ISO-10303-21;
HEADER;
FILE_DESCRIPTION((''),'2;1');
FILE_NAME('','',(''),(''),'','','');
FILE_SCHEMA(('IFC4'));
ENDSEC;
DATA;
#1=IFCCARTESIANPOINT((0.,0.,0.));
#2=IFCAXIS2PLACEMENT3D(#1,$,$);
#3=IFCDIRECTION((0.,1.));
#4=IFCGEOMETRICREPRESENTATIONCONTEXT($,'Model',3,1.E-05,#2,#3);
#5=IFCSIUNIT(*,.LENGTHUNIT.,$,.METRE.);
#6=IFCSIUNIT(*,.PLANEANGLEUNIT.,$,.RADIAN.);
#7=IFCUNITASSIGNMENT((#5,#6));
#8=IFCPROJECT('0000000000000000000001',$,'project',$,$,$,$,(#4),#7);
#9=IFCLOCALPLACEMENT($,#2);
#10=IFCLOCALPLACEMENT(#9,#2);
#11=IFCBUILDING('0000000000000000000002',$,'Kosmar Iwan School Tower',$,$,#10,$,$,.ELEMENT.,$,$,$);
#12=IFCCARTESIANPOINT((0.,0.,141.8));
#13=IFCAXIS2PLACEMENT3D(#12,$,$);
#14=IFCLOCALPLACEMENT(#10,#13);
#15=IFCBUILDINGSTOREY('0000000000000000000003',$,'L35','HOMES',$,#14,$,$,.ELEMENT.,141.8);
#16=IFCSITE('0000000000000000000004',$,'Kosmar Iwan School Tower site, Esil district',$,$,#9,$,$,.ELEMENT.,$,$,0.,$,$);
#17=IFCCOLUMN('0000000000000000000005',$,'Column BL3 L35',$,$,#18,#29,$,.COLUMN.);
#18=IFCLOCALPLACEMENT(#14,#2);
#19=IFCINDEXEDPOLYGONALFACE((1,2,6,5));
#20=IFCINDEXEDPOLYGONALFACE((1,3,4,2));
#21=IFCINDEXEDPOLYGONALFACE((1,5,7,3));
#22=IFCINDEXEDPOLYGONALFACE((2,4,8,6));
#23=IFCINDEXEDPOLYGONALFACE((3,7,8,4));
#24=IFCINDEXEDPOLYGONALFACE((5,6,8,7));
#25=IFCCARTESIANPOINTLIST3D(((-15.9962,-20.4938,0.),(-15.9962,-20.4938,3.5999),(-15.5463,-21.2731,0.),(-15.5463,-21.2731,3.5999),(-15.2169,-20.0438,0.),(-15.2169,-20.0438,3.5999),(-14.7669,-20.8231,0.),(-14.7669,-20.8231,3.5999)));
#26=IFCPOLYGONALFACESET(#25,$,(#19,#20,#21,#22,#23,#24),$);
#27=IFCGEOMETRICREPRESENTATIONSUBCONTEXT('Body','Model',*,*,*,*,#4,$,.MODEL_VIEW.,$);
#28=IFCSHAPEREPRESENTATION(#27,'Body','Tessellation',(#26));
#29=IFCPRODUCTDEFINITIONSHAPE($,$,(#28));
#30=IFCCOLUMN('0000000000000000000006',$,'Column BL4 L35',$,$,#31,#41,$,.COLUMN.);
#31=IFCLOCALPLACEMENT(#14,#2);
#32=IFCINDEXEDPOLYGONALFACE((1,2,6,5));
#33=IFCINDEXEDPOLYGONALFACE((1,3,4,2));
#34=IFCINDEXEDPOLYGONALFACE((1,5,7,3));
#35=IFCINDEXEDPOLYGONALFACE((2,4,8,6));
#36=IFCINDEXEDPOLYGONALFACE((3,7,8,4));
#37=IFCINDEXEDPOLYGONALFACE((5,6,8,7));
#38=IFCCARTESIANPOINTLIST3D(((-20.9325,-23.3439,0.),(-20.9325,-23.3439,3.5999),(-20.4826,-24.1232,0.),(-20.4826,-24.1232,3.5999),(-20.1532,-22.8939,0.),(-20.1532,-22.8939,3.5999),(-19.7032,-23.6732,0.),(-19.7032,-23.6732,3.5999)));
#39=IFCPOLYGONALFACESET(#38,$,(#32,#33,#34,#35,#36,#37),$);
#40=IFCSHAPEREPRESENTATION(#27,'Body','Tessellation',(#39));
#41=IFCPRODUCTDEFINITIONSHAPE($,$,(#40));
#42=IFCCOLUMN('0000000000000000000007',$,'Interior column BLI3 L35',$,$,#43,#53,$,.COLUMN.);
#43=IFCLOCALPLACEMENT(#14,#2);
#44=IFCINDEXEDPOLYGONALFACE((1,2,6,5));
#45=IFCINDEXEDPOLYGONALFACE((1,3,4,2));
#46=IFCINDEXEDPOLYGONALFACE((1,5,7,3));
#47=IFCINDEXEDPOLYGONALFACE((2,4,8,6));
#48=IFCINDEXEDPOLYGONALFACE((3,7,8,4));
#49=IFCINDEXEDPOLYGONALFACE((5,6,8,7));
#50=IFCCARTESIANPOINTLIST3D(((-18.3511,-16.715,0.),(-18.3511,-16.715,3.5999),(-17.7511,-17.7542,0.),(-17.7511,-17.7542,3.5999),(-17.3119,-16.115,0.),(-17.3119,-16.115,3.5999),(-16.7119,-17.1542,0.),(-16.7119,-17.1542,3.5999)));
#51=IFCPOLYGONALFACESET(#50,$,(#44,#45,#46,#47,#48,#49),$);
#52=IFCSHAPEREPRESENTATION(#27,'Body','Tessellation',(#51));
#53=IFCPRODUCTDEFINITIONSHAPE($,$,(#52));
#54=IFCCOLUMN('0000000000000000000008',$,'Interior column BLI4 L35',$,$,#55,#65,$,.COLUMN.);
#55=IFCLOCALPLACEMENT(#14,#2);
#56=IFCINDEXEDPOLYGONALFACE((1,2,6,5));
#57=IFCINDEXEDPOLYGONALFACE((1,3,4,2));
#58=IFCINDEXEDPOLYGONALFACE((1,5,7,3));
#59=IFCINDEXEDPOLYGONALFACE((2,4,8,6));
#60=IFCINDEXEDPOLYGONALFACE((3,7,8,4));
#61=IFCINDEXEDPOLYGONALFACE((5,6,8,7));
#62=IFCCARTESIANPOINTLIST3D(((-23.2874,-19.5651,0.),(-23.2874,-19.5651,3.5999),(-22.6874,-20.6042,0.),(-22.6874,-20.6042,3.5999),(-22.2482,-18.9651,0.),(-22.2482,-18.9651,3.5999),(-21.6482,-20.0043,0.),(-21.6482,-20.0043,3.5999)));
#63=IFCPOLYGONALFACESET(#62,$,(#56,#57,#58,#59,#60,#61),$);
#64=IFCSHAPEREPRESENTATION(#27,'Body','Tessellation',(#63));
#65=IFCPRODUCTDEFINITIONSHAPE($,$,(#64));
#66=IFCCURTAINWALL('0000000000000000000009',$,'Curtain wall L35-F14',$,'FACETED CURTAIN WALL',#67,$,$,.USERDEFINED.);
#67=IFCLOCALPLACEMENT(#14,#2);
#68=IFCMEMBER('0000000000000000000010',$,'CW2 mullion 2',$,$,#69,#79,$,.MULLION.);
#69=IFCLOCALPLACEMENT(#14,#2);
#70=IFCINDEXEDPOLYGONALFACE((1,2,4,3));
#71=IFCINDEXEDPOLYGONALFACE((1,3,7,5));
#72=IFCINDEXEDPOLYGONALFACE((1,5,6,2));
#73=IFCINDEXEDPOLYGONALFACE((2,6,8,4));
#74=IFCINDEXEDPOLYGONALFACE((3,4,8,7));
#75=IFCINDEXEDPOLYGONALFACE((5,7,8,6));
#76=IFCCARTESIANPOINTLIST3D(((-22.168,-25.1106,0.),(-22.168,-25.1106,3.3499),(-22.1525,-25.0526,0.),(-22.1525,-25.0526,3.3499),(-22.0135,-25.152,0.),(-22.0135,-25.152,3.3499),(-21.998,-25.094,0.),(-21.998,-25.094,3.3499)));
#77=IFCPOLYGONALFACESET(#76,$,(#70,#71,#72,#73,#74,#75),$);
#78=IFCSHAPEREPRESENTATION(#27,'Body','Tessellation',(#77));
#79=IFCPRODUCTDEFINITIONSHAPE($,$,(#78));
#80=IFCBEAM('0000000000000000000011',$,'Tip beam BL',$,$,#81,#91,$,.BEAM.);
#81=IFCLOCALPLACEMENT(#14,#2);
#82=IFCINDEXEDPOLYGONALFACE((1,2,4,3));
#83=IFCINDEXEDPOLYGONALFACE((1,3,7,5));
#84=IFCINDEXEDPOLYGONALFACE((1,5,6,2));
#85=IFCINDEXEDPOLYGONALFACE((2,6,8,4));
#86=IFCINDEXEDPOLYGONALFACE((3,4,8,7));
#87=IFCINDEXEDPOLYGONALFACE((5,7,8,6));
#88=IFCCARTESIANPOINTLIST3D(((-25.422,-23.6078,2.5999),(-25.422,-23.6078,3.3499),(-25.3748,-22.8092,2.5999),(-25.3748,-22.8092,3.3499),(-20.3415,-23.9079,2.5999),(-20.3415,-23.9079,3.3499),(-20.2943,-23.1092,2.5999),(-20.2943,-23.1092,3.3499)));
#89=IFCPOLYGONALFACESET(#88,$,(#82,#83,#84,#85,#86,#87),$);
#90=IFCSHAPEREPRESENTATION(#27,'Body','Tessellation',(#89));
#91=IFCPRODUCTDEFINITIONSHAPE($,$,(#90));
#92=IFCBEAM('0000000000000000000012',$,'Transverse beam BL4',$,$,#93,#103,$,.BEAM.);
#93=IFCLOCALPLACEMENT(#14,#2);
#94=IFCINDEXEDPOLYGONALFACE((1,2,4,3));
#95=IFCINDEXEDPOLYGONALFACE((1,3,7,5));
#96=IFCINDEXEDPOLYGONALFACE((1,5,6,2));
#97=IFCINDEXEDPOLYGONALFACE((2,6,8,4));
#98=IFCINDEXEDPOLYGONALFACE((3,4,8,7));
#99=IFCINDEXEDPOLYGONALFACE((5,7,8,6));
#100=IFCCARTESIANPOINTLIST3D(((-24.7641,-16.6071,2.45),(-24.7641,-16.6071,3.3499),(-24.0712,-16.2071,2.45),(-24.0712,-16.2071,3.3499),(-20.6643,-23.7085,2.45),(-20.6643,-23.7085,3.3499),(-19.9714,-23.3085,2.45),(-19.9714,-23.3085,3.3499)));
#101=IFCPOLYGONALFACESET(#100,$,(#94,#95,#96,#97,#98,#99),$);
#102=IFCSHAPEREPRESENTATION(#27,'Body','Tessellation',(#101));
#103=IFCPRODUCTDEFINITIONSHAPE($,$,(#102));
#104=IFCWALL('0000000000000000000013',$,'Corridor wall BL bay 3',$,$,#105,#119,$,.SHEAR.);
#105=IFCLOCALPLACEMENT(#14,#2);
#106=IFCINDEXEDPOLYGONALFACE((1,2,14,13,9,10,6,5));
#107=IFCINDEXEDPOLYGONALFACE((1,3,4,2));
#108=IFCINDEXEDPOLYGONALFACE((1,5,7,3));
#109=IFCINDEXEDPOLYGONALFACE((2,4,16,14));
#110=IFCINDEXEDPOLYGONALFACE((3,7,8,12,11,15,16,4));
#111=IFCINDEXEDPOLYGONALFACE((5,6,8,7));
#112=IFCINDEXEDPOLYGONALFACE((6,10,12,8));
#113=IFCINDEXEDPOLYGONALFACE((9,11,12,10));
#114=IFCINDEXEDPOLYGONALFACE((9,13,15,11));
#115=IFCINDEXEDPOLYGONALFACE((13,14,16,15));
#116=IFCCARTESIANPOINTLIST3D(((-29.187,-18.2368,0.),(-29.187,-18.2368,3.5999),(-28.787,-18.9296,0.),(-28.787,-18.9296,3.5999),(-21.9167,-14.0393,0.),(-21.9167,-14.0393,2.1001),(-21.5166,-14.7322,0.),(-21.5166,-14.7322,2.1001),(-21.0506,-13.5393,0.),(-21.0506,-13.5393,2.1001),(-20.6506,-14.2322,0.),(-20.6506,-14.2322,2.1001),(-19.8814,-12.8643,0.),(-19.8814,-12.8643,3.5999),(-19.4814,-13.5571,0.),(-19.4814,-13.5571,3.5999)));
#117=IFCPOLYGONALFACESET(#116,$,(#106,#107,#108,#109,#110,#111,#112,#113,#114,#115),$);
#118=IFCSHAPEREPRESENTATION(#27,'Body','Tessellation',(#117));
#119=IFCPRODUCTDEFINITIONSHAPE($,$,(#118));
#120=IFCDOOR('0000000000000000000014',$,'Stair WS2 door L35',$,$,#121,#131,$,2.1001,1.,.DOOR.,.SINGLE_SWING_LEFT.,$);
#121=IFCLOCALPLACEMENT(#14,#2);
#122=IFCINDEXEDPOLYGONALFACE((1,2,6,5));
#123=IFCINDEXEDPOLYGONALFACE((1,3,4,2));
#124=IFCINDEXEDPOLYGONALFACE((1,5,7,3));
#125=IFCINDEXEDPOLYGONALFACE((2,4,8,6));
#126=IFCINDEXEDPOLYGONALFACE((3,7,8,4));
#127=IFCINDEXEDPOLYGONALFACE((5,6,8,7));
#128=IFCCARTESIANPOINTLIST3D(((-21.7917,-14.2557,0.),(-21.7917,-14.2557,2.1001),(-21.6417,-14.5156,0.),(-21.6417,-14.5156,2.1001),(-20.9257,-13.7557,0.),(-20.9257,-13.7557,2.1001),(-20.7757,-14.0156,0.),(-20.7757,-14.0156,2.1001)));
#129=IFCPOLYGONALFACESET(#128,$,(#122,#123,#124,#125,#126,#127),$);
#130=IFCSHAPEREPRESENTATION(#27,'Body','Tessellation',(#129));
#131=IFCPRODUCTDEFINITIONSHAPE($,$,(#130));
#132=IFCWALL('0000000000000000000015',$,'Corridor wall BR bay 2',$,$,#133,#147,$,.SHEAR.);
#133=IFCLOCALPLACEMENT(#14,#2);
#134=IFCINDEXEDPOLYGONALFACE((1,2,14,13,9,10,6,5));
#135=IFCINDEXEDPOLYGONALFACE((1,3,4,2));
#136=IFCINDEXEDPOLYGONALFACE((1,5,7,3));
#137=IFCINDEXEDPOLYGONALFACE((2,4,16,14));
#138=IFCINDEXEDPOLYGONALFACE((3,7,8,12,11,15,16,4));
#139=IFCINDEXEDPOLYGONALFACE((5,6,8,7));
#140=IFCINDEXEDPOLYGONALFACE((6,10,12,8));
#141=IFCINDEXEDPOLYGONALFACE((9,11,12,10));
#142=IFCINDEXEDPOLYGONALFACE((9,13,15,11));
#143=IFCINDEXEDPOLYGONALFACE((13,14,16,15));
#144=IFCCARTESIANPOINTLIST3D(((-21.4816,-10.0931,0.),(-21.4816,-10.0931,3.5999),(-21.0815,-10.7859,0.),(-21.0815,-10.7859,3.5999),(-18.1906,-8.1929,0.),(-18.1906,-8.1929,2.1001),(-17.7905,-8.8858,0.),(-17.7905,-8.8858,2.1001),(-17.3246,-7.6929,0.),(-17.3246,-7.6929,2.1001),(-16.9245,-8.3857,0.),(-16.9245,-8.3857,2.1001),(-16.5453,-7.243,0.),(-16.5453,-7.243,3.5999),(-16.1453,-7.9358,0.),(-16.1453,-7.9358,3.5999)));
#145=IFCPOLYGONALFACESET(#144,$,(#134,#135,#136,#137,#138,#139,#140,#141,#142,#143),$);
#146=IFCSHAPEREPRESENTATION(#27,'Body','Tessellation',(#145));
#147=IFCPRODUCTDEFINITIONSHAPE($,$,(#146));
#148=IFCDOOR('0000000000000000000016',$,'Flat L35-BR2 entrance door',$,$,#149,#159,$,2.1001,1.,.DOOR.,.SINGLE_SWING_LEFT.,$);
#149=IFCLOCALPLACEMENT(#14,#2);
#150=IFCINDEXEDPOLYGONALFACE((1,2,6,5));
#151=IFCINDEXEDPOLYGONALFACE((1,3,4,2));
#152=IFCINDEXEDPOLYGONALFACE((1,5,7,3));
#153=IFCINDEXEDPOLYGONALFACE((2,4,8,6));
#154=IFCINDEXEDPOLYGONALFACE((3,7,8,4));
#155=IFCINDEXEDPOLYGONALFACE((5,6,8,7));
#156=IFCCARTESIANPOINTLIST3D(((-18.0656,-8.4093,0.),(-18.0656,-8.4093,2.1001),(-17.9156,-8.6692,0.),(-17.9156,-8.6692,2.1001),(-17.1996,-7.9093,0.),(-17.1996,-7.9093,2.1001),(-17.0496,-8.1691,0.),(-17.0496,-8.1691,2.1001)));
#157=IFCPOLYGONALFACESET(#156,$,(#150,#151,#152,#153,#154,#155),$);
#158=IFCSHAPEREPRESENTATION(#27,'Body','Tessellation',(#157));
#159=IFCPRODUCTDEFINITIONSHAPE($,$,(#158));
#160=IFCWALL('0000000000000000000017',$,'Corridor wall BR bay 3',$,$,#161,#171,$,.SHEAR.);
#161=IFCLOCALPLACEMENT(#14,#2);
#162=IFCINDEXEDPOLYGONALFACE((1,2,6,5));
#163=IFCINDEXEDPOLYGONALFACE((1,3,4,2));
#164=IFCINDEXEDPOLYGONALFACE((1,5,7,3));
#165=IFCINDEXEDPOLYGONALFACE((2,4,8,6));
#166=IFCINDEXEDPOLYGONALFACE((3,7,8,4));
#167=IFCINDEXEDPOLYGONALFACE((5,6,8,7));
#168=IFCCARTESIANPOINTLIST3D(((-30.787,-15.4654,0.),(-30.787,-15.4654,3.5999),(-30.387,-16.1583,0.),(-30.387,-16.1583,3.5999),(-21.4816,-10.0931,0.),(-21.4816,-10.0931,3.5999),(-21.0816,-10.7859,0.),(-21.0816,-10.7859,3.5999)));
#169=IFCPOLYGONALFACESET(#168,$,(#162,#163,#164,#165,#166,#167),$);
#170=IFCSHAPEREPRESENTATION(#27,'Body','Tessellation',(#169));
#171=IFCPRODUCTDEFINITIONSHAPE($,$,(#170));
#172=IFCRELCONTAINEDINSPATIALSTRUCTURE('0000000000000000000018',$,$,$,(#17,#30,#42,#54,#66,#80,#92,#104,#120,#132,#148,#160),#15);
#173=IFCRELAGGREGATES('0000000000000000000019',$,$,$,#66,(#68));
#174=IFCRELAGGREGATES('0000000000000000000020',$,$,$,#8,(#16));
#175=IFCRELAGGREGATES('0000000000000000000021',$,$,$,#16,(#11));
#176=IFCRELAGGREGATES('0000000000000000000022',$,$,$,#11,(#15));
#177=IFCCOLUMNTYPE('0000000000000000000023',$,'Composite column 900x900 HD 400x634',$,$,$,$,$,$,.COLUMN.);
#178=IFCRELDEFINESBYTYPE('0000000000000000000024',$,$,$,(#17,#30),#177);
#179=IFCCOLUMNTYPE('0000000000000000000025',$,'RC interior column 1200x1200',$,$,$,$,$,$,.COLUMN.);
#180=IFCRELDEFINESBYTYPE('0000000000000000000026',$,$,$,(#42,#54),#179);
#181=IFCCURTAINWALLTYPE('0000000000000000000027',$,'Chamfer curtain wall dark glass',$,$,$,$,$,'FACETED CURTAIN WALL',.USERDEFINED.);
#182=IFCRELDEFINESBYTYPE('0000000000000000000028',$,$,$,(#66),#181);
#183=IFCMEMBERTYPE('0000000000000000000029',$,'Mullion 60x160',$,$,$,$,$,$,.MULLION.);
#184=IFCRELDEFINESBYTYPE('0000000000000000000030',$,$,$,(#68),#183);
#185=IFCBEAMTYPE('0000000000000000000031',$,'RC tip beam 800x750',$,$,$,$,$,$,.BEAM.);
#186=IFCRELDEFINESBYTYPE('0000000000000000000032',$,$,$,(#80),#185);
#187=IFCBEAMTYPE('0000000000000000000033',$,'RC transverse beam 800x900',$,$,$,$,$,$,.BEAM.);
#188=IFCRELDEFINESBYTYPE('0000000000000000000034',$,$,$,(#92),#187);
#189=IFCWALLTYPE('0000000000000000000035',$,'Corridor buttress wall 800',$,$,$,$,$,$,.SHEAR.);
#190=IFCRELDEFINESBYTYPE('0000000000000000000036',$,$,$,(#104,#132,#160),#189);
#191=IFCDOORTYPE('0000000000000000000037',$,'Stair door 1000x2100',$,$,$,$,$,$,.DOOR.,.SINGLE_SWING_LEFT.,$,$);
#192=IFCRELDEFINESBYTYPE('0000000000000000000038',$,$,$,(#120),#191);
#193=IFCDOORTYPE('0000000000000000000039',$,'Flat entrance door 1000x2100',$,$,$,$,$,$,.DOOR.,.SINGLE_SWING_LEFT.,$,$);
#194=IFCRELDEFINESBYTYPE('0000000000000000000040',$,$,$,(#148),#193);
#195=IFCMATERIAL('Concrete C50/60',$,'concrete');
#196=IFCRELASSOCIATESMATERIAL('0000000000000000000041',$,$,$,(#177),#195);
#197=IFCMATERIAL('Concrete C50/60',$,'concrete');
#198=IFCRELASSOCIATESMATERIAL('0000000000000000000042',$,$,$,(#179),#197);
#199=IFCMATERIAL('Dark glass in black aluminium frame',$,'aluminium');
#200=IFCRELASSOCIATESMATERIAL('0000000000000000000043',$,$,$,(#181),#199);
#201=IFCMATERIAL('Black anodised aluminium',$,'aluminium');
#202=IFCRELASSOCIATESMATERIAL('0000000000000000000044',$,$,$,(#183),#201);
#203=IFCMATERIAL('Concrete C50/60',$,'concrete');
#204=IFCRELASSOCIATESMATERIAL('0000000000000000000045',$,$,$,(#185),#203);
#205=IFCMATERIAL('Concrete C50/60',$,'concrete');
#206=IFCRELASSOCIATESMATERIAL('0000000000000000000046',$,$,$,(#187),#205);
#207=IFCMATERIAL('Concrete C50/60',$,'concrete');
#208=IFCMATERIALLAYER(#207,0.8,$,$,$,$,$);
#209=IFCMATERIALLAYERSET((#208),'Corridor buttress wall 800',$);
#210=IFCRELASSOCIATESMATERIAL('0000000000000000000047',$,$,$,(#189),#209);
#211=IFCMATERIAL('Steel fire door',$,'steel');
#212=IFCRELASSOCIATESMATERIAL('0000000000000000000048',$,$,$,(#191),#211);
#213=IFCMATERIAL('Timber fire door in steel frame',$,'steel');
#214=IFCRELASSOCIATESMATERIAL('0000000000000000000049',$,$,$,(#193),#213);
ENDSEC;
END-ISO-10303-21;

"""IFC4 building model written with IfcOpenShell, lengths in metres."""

from ifc_helpers import new_model, si_unit, direction, frame, frame_2d, origin, origin_2d, place, context, subcontext, project, spatial, rectangle, extrude, material, layer, layer_set, material_profile, profile_set, type_object, element, fill, aggregate, save


model = new_model("IFC4")

# Units and contexts
model_context = context("Model", 3, precision=1e-05, world=origin(), true_north=direction((0.0, 1.0)))
body_context = subcontext(model_context, "Body", "Model", "MODEL_VIEW")
ifc_project = project(units=[si_unit("LENGTHUNIT", "METRE"), si_unit("PLANEANGLEUNIT", "RADIAN")], contexts=[model_context])

# Site, building, storey
site_placement = place(None, origin())
site = spatial("IfcSite", under=ifc_project, at=site_placement, Name="Kosmar Iwan School Tower site, Esil district", CompositionType="ELEMENT", RefElevation=0.0)
building_placement = place(site_placement, origin())
building = spatial("IfcBuilding", under=site, at=building_placement, Name="Kosmar Iwan School Tower", CompositionType="ELEMENT")
storey_placement = place(building_placement, frame((0.0, 0.0, 141.8)))
storey = spatial("IfcBuildingStorey", under=building, at=storey_placement, Name="L35", Description="HOMES", CompositionType="ELEMENT", Elevation=141.8)

# Columns
ifc_material_1 = material(Name="Concrete C50/60", Category="concrete")
ifc_material_profile_1 = material_profile(ifc_material_1, rectangle(XDim=0.8999, YDim=0.8999, at=origin_2d()), Name="RC 900x900 + HD 400x634")
ifc_profile_set_1 = profile_set([ifc_material_profile_1], Name="Concrete C50/60")
column_type_1 = type_object("IfcColumnType", Name="Composite column 900x900 HD 400x634", PredefinedType="COLUMN", material=ifc_profile_set_1)
for number, where, z_axis, x_axis, name in (
    (1, (-15.3816, -20.6584, 0.0), (0.0, 0.0, 1.0), (-0.866025, -0.5, 0.0), "Column BL3 L35"),
    (2, (-20.3179, -23.5085, 0.0), (0.0, 0.0, 1.0), (-0.866025, -0.5, 0.0), "Column BL4 L35"),
):
    element("IfcColumn", number, at=place(storey_placement, frame(where, z_axis=z_axis, x_axis=x_axis)), inside=storey, type_object=column_type_1, Name=name, PredefinedType="COLUMN", context=body_context, shape_type="SweptSolid", body=[
        extrude(rectangle(XDim=0.8999, YDim=0.8999, at=origin_2d()), origin(), (0.0, 0.0, 1.0), 3.5999),
    ])
ifc_material_2 = material(Name="Concrete C50/60", Category="concrete")
ifc_material_profile_2 = material_profile(ifc_material_2, rectangle(XDim=1.2, YDim=1.2, at=origin_2d()), Name="RC 1200x1200")
ifc_profile_set_2 = profile_set([ifc_material_profile_2], Name="Concrete C50/60")
column_type_2 = type_object("IfcColumnType", Name="RC interior column 1200x1200", PredefinedType="COLUMN", material=ifc_profile_set_2)
for number, where, z_axis, x_axis, name in (
    (3, (-17.5315, -16.9346, 0.0), (0.0, 0.0, 1.0), (-0.866025, -0.5, 0.0), "Interior column BLI3 L35"),
    (4, (-22.4678, -19.7847, 0.0), (0.0, 0.0, 1.0), (-0.866025, -0.5, 0.0), "Interior column BLI4 L35"),
):
    element("IfcColumn", number, at=place(storey_placement, frame(where, z_axis=z_axis, x_axis=x_axis)), inside=storey, type_object=column_type_2, Name=name, PredefinedType="COLUMN", context=body_context, shape_type="SweptSolid", body=[
        extrude(rectangle(XDim=1.2, YDim=1.2, at=origin_2d()), origin(), (0.0, 0.0, 1.0), 3.5999),
    ])

# Curtain wall, member
ifc_material_3 = material(Name="Dark glass in black aluminium frame", Category="aluminium")
curtain_wall_type = type_object("IfcCurtainWallType", Name="Chamfer curtain wall dark glass", ElementType="FACETED CURTAIN WALL", PredefinedType="USERDEFINED", material=ifc_material_3)
curtain_wall_placement = place(storey_placement, origin())
curtain_wall = element("IfcCurtainWall", 5, at=curtain_wall_placement, inside=storey, type_object=curtain_wall_type, Name="Curtain wall L35-F14", ObjectType="FACETED CURTAIN WALL", PredefinedType="USERDEFINED")
ifc_material_4 = material(Name="Black anodised aluminium", Category="aluminium")
ifc_material_profile_3 = material_profile(ifc_material_4, rectangle(XDim=0.0601, YDim=0.1599, at=origin_2d()), Name="MULLION 60x160")
ifc_profile_set_3 = profile_set([ifc_material_profile_3], Name="Black anodised aluminium")
member_type = type_object("IfcMemberType", Name="Mullion 60x160", PredefinedType="MULLION", material=ifc_profile_set_3)
member_placement = place(storey_placement, frame((-22.083, -25.1023, 0.0), z_axis=(0.0, 0.0, 1.0), x_axis=(0.258819, 0.965926, 0.0)))
member = element("IfcMember", 6, at=member_placement, type_object=member_type, Name="CW2 mullion 2", PredefinedType="MULLION", context=body_context, shape_type="SweptSolid", body=[
    extrude(rectangle(XDim=0.0601, YDim=0.1599, at=origin_2d()), origin(), (0.0, 0.0, 1.0), 3.3499),
])
aggregate(curtain_wall, [member])

# Beams
ifc_material_5 = material(Name="Concrete C50/60", Category="concrete")
ifc_material_profile_4 = material_profile(ifc_material_5, rectangle(XDim=0.8, YDim=0.75, at=origin_2d()), Name="RC 800x750")
ifc_profile_set_4 = profile_set([ifc_material_profile_4], Name="Concrete C50/60")
beam_type_1 = type_object("IfcBeamType", Name="RC tip beam 800x750", PredefinedType="BEAM", material=ifc_profile_set_4)
beam_1_placement = place(storey_placement, frame((-20.3179, -23.5085, 2.9749), z_axis=(-0.998261, 0.058955, 0.0), x_axis=(-0.058955, -0.998261, 0.0)))
element("IfcBeam", 7, at=beam_1_placement, inside=storey, type_object=beam_type_1, Name="Tip beam BL", PredefinedType="BEAM", context=body_context, shape_type="SweptSolid", body=[
    extrude(rectangle(XDim=0.8, YDim=0.75, at=origin_2d()), origin(), (0.0, 0.0, 1.0), 5.0894),
])
ifc_material_6 = material(Name="Concrete C50/60", Category="concrete")
ifc_material_profile_5 = material_profile(ifc_material_6, rectangle(XDim=0.8, YDim=0.8999, at=origin_2d()), Name="RC 800x900")
ifc_profile_set_5 = profile_set([ifc_material_profile_5], Name="Concrete C50/60")
beam_type_2 = type_object("IfcBeamType", Name="RC transverse beam 800x900", PredefinedType="BEAM", material=ifc_profile_set_5)
beam_2_placement = place(storey_placement, frame((-20.3179, -23.5085, 2.8999), z_axis=(-0.499978, 0.866038, 0.0), x_axis=(-0.866038, -0.499978, 0.0)))
element("IfcBeam", 8, at=beam_2_placement, inside=storey, type_object=beam_type_2, Name="Transverse beam BL4", PredefinedType="BEAM", context=body_context, shape_type="SweptSolid", body=[
    extrude(rectangle(XDim=0.8, YDim=0.8999, at=origin_2d()), origin(), (0.0, 0.0, 1.0), 8.2),
])

# Walls, openings, doors
ifc_material_7 = material(Name="Concrete C50/60", Category="concrete")
ifc_layer_1 = layer(ifc_material_7, 0.8)
ifc_layer_set_1 = layer_set([ifc_layer_1], Name="Corridor buttress wall 800")
wall_type_1 = type_object("IfcWallType", Name="Corridor buttress wall 800", PredefinedType="SHEAR", material=ifc_layer_set_1)
wall_1_placement = place(storey_placement, frame((-19.6814, -13.2107, 0.0), z_axis=(0.0, 0.0, 1.0), x_axis=(-0.866028, -0.499995, 0.0)))
wall_1 = element("IfcWall", 9, at=wall_1_placement, inside=storey, type_object=wall_type_1, Name="Corridor wall BL bay 3", PredefinedType="SHEAR", context=body_context, shape_type="SweptSolid", body=[
    extrude(rectangle(XDim=10.7451, YDim=0.8, at=frame_2d((5.3726, 0.0))), origin(), (0.0, 0.0, 1.0), 3.5999),
])
opening_1_placement = place(wall_1_placement, frame((1.3501, 0.0, 0.0)))
opening_1 = element("IfcOpeningElement", 10, at=opening_1_placement, cuts=wall_1, PredefinedType="OPENING", context=body_context, shape_type="SweptSolid", body=[
    extrude(rectangle(XDim=1.0, YDim=2.1001, at=frame_2d((0.5, 1.05))), frame((0.0, 0.4121, 0.0), z_axis=(0.0, -1.0, 0.0), x_axis=(1.0, 0.0, 0.0)), (0.0, 0.0, 1.0), 0.824),
])
ifc_material_8 = material(Name="Steel fire door", Category="steel")
door_type_1 = type_object("IfcDoorType", Name="Stair door 1000x2100", OperationType="SINGLE_SWING_LEFT", PredefinedType="DOOR", material=ifc_material_8)
door_1_placement = place(opening_1_placement, origin())
door_1 = element("IfcDoor", 11, at=door_1_placement, inside=storey, type_object=door_type_1, Name="Stair WS2 door L35", OperationType="SINGLE_SWING_LEFT", OverallHeight=2.1001, OverallWidth=1.0, PredefinedType="DOOR", context=body_context, shape_type="SweptSolid", body=[
    extrude(rectangle(XDim=1.0, YDim=2.1001, at=frame_2d((0.5, 1.05))), frame((0.0, 0.1499, 0.0), z_axis=(0.0, -1.0, 0.0), x_axis=(1.0, 0.0, 0.0)), (0.0, 0.0, 1.0), 0.3),
])
fill(opening_1, door_1)
wall_2_placement = place(storey_placement, frame((-16.3452, -7.5894, 0.0), z_axis=(0.0, 0.0, 1.0), x_axis=(-0.866015, -0.500018, 0.0)))
wall_2 = element("IfcWall", 12, at=wall_2_placement, inside=storey, type_object=wall_type_1, Name="Corridor wall BR bay 2", PredefinedType="SHEAR", context=body_context, shape_type="SweptSolid", body=[
    extrude(rectangle(XDim=5.7, YDim=0.8, at=frame_2d((2.8501, 0.0))), origin(), (0.0, 0.0, 1.0), 3.5999),
])
opening_2_placement = place(wall_2_placement, frame((0.8999, 0.0, 0.0)))
opening_2 = element("IfcOpeningElement", 13, at=opening_2_placement, cuts=wall_2, PredefinedType="OPENING", context=body_context, shape_type="SweptSolid", body=[
    extrude(rectangle(XDim=1.0, YDim=2.1001, at=frame_2d((0.5, 1.05))), frame((0.0, 0.4121, 0.0), z_axis=(0.0, -1.0, 0.0), x_axis=(1.0, 0.0, 0.0)), (0.0, 0.0, 1.0), 0.824),
])
ifc_material_9 = material(Name="Timber fire door in steel frame", Category="steel")
door_type_2 = type_object("IfcDoorType", Name="Flat entrance door 1000x2100", OperationType="SINGLE_SWING_LEFT", PredefinedType="DOOR", material=ifc_material_9)
door_2_placement = place(opening_2_placement, origin())
door_2 = element("IfcDoor", 14, at=door_2_placement, inside=storey, type_object=door_type_2, Name="Flat L35-BR2 entrance door", OperationType="SINGLE_SWING_LEFT", OverallHeight=2.1001, OverallWidth=1.0, PredefinedType="DOOR", context=body_context, shape_type="SweptSolid", body=[
    extrude(rectangle(XDim=1.0, YDim=2.1001, at=frame_2d((0.5, 1.05))), frame((0.0, 0.1499, 0.0), z_axis=(0.0, -1.0, 0.0), x_axis=(1.0, 0.0, 0.0)), (0.0, 0.0, 1.0), 0.3),
])
fill(opening_2, door_2)

# Wall
wall_3_placement = place(storey_placement, frame((-21.2815, -10.4395, 0.0), z_axis=(0.0, 0.0, 1.0), x_axis=(-0.866032, -0.499988, 0.0)))
element("IfcWall", 15, at=wall_3_placement, inside=storey, type_object=wall_type_1, Name="Corridor wall BR bay 3", PredefinedType="SHEAR", context=body_context, shape_type="SweptSolid", body=[
    extrude(rectangle(XDim=10.7449, YDim=0.8, at=frame_2d((5.3726, 0.0))), origin(), (0.0, 0.0, 1.0), 3.5999),
])

save(model, "model.ifc")
